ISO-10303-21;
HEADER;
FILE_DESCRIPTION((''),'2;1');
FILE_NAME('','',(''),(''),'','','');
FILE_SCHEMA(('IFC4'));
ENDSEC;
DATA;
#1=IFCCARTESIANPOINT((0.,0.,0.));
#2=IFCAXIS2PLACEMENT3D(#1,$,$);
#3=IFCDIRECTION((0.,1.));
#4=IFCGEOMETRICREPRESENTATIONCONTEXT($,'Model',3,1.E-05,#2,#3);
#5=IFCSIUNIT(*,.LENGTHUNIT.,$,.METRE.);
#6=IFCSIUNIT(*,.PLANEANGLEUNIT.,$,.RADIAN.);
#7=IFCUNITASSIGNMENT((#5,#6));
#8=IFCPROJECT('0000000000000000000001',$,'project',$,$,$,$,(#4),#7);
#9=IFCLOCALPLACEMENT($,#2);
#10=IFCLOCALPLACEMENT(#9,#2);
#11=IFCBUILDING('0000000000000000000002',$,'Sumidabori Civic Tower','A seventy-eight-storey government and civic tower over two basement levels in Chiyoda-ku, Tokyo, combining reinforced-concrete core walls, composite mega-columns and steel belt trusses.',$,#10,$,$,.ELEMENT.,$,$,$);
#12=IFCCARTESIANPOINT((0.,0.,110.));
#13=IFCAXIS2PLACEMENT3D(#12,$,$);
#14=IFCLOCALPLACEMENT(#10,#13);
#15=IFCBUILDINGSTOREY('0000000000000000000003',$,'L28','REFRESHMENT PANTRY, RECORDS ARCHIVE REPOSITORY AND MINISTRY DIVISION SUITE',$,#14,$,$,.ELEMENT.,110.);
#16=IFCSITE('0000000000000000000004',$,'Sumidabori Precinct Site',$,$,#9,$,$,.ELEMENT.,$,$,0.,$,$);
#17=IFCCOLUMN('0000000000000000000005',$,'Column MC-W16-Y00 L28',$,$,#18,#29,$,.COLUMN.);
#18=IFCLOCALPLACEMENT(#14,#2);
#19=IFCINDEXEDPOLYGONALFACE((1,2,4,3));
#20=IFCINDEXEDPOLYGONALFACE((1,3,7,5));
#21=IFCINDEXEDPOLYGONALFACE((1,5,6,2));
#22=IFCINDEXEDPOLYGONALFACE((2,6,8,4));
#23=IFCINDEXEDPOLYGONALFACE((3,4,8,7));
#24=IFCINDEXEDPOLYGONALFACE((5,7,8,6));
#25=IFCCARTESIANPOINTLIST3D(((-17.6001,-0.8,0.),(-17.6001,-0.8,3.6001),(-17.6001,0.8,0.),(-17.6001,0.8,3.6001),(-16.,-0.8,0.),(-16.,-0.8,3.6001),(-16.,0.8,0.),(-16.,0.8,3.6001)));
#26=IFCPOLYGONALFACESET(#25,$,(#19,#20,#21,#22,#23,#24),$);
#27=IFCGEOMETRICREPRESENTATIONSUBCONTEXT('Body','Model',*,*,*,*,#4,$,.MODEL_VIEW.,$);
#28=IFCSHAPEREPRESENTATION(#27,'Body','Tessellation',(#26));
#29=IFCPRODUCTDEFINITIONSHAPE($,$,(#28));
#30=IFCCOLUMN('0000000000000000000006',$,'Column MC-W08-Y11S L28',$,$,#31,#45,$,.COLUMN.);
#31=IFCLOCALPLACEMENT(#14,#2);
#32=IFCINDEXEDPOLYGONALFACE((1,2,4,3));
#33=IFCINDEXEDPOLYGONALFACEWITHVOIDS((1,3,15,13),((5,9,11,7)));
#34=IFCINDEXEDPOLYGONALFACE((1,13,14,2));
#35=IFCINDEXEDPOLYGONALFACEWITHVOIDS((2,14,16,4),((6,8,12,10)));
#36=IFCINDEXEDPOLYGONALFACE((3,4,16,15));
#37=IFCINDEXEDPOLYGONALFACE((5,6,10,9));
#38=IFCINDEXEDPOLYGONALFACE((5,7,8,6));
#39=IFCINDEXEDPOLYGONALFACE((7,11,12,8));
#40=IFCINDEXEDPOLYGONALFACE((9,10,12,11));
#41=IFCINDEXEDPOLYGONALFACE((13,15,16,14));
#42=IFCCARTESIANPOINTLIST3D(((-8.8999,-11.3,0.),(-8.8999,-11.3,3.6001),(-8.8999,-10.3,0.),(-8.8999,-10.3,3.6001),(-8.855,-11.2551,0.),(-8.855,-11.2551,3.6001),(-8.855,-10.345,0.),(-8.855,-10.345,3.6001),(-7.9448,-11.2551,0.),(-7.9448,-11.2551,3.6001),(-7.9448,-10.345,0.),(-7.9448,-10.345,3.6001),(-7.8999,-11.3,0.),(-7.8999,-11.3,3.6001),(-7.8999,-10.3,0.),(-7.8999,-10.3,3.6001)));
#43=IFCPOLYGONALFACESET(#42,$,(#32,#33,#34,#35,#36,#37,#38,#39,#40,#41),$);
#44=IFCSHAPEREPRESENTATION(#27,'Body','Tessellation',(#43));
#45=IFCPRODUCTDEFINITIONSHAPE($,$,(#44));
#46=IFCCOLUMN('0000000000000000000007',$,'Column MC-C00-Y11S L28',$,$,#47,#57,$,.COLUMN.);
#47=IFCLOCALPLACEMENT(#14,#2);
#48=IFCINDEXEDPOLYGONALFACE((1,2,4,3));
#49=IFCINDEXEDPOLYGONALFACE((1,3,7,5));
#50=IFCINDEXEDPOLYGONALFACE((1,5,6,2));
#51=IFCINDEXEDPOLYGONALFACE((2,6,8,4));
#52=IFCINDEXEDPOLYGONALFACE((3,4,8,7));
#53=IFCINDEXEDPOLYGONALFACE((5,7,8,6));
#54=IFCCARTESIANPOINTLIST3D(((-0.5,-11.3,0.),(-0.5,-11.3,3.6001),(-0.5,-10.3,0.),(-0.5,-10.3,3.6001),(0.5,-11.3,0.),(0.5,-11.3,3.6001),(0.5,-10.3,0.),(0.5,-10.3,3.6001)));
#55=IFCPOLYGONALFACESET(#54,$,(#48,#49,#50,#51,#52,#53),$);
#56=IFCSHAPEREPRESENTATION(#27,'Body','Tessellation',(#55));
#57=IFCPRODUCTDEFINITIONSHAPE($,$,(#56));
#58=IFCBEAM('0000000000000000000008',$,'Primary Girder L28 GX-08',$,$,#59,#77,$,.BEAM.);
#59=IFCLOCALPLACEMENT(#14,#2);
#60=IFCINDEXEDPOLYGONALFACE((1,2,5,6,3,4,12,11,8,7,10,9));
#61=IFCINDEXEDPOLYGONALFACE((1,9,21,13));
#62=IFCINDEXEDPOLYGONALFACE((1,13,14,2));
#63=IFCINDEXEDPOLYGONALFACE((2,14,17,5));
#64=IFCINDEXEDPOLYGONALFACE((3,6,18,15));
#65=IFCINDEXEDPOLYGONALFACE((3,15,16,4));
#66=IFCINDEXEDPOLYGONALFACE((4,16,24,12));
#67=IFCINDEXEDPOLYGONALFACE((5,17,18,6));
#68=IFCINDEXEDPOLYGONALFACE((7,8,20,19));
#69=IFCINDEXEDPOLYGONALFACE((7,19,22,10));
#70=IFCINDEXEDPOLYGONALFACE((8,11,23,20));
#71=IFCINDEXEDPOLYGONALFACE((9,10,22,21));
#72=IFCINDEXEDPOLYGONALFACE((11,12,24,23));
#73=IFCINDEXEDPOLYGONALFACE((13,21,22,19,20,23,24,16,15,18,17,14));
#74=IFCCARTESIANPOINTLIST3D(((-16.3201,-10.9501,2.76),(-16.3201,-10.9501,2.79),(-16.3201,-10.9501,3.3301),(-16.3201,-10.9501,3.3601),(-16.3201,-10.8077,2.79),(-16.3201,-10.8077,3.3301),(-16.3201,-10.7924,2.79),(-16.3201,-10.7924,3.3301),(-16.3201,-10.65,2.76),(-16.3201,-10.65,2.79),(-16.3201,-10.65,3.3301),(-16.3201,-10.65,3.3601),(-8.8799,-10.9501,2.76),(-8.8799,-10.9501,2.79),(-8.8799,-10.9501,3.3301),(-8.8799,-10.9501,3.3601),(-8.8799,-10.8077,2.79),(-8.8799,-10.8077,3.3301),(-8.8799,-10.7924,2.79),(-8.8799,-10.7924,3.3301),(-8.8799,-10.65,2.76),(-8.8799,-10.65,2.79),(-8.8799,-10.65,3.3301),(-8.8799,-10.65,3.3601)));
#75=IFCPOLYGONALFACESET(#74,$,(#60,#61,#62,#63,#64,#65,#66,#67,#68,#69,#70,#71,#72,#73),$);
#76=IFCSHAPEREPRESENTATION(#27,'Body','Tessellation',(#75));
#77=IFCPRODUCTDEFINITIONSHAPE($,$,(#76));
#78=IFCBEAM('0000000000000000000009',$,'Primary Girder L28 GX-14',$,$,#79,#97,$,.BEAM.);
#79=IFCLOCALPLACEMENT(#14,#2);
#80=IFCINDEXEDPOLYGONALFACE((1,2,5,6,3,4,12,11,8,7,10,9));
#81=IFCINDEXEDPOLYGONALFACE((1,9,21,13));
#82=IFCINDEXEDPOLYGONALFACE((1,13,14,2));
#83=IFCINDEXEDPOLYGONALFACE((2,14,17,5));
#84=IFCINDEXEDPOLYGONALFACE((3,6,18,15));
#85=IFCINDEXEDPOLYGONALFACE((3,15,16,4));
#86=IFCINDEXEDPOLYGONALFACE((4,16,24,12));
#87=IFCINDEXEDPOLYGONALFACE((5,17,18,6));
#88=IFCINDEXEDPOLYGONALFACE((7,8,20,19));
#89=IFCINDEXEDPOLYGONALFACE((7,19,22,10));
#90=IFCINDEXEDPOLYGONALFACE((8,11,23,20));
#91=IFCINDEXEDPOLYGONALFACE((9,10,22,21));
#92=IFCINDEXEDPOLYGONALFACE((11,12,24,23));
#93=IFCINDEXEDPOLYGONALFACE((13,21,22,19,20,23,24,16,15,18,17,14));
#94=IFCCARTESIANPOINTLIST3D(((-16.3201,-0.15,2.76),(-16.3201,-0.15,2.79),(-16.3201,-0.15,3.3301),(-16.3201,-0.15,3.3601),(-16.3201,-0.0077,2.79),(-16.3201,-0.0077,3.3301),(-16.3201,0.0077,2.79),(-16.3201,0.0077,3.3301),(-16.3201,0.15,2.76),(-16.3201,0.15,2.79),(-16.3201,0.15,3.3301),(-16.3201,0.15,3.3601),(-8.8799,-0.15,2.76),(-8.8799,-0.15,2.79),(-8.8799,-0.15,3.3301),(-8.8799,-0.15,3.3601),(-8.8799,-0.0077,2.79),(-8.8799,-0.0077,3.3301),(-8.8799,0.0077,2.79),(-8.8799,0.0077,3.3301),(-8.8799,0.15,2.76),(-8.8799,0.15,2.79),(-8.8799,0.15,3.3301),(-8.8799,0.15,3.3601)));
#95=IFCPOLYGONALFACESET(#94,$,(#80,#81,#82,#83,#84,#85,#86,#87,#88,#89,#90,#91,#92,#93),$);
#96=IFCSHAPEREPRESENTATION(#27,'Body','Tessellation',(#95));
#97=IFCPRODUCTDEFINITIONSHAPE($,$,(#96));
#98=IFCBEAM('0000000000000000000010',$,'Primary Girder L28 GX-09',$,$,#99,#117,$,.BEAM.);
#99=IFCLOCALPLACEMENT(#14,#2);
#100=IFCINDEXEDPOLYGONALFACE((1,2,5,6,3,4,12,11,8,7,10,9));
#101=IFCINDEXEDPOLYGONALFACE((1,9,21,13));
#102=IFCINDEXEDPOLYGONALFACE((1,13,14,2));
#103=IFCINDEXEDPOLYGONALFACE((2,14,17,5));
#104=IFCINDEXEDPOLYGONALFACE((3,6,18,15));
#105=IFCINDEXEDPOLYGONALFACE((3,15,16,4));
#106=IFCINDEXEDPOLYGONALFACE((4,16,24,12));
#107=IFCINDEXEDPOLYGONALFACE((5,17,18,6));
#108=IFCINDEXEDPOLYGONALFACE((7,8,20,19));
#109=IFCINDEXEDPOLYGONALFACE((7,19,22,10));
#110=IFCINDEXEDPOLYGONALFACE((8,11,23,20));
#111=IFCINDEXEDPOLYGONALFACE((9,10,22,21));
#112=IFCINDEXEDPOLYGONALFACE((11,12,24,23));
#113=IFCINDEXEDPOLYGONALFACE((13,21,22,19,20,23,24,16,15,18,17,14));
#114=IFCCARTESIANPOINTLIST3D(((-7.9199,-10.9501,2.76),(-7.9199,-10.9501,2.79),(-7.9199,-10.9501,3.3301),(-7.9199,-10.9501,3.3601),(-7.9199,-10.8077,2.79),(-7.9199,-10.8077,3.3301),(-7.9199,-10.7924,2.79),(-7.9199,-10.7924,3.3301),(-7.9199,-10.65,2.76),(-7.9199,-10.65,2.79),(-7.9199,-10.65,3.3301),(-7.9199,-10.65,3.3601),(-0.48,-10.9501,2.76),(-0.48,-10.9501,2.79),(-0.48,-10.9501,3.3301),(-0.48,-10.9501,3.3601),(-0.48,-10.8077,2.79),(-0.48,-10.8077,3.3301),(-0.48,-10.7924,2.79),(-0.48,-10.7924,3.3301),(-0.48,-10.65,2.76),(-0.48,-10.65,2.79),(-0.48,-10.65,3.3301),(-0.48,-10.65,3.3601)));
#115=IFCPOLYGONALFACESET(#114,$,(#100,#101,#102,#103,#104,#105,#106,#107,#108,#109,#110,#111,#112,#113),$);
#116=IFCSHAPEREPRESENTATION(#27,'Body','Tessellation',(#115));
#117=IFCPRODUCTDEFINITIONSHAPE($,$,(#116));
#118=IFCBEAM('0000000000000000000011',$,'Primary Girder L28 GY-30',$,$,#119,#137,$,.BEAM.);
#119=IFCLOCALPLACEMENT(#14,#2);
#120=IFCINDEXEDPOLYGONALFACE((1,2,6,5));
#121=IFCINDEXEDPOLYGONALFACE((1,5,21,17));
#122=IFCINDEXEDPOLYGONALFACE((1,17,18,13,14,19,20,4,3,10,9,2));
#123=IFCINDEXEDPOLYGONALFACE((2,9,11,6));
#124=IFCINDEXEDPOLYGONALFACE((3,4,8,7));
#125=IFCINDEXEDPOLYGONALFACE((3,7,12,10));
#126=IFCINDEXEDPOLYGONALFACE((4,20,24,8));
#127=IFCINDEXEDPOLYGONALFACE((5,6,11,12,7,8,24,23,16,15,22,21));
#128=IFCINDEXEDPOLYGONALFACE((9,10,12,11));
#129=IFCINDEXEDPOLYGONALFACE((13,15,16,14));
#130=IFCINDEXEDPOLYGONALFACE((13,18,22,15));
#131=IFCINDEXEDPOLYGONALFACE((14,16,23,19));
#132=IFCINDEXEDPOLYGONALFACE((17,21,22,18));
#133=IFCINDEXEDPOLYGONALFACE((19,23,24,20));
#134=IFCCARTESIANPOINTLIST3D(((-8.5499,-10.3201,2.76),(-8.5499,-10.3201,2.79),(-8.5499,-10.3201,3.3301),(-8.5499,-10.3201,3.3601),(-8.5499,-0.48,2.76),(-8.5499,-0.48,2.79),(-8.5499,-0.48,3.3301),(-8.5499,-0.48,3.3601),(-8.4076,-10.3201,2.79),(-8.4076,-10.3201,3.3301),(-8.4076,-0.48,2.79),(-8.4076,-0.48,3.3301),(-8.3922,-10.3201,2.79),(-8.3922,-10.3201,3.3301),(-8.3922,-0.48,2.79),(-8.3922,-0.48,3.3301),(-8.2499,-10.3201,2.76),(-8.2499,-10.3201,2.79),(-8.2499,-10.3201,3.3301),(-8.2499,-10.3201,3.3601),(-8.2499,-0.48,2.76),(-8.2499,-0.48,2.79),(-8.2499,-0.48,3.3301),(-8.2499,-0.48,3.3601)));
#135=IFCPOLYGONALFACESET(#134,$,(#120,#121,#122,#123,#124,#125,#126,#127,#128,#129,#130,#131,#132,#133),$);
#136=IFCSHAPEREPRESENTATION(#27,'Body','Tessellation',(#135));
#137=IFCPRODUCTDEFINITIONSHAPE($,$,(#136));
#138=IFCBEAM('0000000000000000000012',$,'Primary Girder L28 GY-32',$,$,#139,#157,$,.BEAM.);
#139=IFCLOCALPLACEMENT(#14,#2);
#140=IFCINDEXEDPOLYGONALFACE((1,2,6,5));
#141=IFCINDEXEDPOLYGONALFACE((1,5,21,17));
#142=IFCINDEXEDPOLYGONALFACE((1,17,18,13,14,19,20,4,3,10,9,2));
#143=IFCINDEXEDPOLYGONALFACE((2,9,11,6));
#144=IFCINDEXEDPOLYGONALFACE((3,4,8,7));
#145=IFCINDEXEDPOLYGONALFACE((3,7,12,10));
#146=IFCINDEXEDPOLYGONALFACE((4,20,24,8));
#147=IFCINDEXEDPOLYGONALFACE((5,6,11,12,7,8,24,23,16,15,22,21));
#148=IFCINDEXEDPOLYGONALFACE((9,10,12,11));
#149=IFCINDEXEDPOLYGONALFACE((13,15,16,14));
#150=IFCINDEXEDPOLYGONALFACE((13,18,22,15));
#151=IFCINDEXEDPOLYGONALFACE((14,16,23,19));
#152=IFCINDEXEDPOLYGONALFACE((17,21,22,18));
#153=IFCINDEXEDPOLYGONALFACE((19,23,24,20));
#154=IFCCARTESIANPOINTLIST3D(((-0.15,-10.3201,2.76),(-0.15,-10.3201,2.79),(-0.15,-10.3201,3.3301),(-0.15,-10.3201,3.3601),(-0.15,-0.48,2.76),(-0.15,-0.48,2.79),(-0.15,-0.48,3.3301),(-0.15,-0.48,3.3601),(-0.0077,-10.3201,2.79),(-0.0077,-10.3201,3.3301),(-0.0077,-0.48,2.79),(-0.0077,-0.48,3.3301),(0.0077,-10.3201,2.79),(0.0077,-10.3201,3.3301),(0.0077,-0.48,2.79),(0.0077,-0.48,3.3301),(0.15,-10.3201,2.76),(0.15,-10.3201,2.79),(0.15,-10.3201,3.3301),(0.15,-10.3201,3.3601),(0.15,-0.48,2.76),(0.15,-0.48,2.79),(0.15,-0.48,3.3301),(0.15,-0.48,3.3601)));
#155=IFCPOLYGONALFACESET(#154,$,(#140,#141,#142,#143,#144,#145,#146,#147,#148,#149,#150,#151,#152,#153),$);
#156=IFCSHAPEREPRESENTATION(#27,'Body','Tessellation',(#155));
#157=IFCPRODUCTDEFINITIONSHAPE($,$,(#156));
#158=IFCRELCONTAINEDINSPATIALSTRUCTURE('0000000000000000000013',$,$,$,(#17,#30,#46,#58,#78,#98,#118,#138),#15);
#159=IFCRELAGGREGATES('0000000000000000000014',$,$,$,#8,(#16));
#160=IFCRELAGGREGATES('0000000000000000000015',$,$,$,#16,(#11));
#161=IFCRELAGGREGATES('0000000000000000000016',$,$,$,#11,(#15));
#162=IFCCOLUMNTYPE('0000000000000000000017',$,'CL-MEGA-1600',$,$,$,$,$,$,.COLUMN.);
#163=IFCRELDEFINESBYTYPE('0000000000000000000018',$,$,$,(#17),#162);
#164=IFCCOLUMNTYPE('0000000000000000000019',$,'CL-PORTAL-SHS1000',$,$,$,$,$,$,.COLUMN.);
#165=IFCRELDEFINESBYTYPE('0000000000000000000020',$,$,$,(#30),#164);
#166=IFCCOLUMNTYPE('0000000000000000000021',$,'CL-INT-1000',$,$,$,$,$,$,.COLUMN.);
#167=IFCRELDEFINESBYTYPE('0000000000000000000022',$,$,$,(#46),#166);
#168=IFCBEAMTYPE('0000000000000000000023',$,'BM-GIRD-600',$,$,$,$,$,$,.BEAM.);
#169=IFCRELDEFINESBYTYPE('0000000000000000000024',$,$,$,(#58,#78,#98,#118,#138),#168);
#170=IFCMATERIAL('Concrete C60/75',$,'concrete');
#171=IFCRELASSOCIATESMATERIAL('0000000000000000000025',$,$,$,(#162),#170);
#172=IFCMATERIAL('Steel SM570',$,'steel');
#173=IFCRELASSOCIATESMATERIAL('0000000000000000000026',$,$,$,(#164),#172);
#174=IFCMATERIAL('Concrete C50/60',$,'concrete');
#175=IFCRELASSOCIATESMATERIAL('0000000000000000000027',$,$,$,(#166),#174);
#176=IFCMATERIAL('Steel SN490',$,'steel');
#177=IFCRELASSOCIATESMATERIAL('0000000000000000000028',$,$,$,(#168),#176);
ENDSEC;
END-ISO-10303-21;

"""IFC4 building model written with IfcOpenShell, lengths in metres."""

from ifc_helpers import new_model, si_unit, direction, frame, origin, origin_2d, place, context, subcontext, project, spatial, rectangle, hollow_rectangle, i_section, extrude, source, transform, mapped, material, material_profile, profile_set, type_object, element, save


model = new_model("IFC4")

# Units and contexts
model_context = context("Model", 3, precision=1e-05, world=origin(), true_north=direction((0.0, 1.0)))
body_context = subcontext(model_context, "Body", "Model", "MODEL_VIEW")
ifc_project = project(units=[si_unit("LENGTHUNIT", "METRE"), si_unit("PLANEANGLEUNIT", "RADIAN")], contexts=[model_context])

# Site, building, storey
site_placement = place(None, origin())
site = spatial("IfcSite", under=ifc_project, at=site_placement, Name="Sumidabori Precinct Site", CompositionType="ELEMENT", RefElevation=0.0)
building_placement = place(site_placement, origin())
building = spatial("IfcBuilding", under=site, at=building_placement, Name="Sumidabori Civic Tower", Description="A seventy-eight-storey government and civic tower over two basement levels in Chiyoda-ku, Tokyo, combining reinforced-concrete core walls, composite mega-columns and steel belt trusses.", CompositionType="ELEMENT")
storey_placement = place(building_placement, frame((0.0, 0.0, 110.0)))
storey = spatial("IfcBuildingStorey", under=building, at=storey_placement, Name="L28", Description="REFRESHMENT PANTRY, RECORDS ARCHIVE REPOSITORY AND MINISTRY DIVISION SUITE", CompositionType="ELEMENT", Elevation=110.0)

# Columns
ifc_material_1 = material(Name="Concrete C60/75", Category="concrete")
ifc_material_profile_1 = material_profile(ifc_material_1, rectangle(XDim=1.6001, YDim=1.6001, at=origin_2d()), Name="RC 1600x1600")
ifc_profile_set_1 = profile_set([ifc_material_profile_1], Name="Concrete C60/75")
column_type_1 = type_object("IfcColumnType", Name="CL-MEGA-1600", PredefinedType="COLUMN", material=ifc_profile_set_1)
shared_shape_1 = source(origin(), body_context, "Body", "SweptSolid", [
    extrude(rectangle(XDim=1.6001, YDim=1.6001, at=origin_2d()), origin(), (0.0, 0.0, 1.0), 3.6001),
])
column_1_placement = place(storey_placement, frame((-16.8, 0.0, 0.0), z_axis=(0.0, 0.0, 1.0), x_axis=(1.0, 0.0, 0.0)))
element("IfcColumn", 1, at=column_1_placement, inside=storey, type_object=column_type_1, Name="Column MC-W16-Y00 L28", PredefinedType="COLUMN", context=body_context, shape_type="MappedRepresentation", body=[
    mapped(shared_shape_1, transform((0.0, 0.0, 0.0), x_axis=(1.0, 0.0, 0.0), y_axis=(0.0, 1.0, 0.0), z_axis=(0.0, 0.0, 1.0), scale=1.0)),
])
ifc_material_2 = material(Name="Steel SM570", Category="steel")
ifc_material_profile_2 = material_profile(ifc_material_2, hollow_rectangle(XDim=1.0, YDim=1.0, WallThickness=0.0449, at=origin_2d()), Name="SHS 1000x1000x45")
ifc_profile_set_2 = profile_set([ifc_material_profile_2], Name="Steel SM570")
column_type_2 = type_object("IfcColumnType", Name="CL-PORTAL-SHS1000", PredefinedType="COLUMN", material=ifc_profile_set_2)
shared_shape_2 = source(origin(), body_context, "Body", "SweptSolid", [
    extrude(hollow_rectangle(XDim=1.0, YDim=1.0, WallThickness=0.0449, at=origin_2d()), origin(), (0.0, 0.0, 1.0), 3.6001),
])
column_2_placement = place(storey_placement, frame((-8.3999, -10.8, 0.0), z_axis=(0.0, 0.0, 1.0), x_axis=(1.0, 0.0, 0.0)))
element("IfcColumn", 2, at=column_2_placement, inside=storey, type_object=column_type_2, Name="Column MC-W08-Y11S L28", PredefinedType="COLUMN", context=body_context, shape_type="MappedRepresentation", body=[
    mapped(shared_shape_2, transform((0.0, 0.0, 0.0), x_axis=(1.0, 0.0, 0.0), y_axis=(0.0, 1.0, 0.0), z_axis=(0.0, 0.0, 1.0), scale=1.0)),
])
ifc_material_3 = material(Name="Concrete C50/60", Category="concrete")
ifc_material_profile_3 = material_profile(ifc_material_3, rectangle(XDim=1.0, YDim=1.0, at=origin_2d()), Name="RC 1000x1000")
ifc_profile_set_3 = profile_set([ifc_material_profile_3], Name="Concrete C50/60")
column_type_3 = type_object("IfcColumnType", Name="CL-INT-1000", PredefinedType="COLUMN", material=ifc_profile_set_3)
shared_shape_3 = source(origin(), body_context, "Body", "SweptSolid", [
    extrude(rectangle(XDim=1.0, YDim=1.0, at=origin_2d()), origin(), (0.0, 0.0, 1.0), 3.6001),
])
column_3_placement = place(storey_placement, frame((0.0, -10.8, 0.0), z_axis=(0.0, 0.0, 1.0), x_axis=(1.0, 0.0, 0.0)))
element("IfcColumn", 3, at=column_3_placement, inside=storey, type_object=column_type_3, Name="Column MC-C00-Y11S L28", PredefinedType="COLUMN", context=body_context, shape_type="MappedRepresentation", body=[
    mapped(shared_shape_3, transform((0.0, 0.0, 0.0), x_axis=(1.0, 0.0, 0.0), y_axis=(0.0, 1.0, 0.0), z_axis=(0.0, 0.0, 1.0), scale=1.0)),
])

# Beams
ifc_material_4 = material(Name="Steel SN490", Category="steel")
ifc_material_profile_4 = material_profile(ifc_material_4, i_section(OverallWidth=0.3, OverallDepth=0.6001, WebThickness=0.0154, FlangeThickness=0.03, at=origin_2d()), Name="HE 600 B")
ifc_profile_set_4 = profile_set([ifc_material_profile_4], Name="Steel SN490")
beam_type_1 = type_object("IfcBeamType", Name="BM-GIRD-600", PredefinedType="BEAM", material=ifc_profile_set_4)
shared_shape_4 = source(origin(), body_context, "Body", "SweptSolid", [
    extrude(i_section(OverallWidth=0.3, OverallDepth=0.6001, WebThickness=0.0154, FlangeThickness=0.03, at=origin_2d()), origin(), (0.0, 0.0, 1.0), 7.4402),
])
for number, where, z_axis, x_axis, name in (
    (4, (-16.3201, -10.8, 3.0601), (1.0, 0.0, 0.0), (0.0, 1.0, 0.0), "Primary Girder L28 GX-08"),
    (5, (-16.3201, 0.0, 3.0601), (1.0, 0.0, 0.0), (0.0, 1.0, 0.0), "Primary Girder L28 GX-14"),
):
    element("IfcBeam", number, at=place(storey_placement, frame(where, z_axis=z_axis, x_axis=x_axis)), inside=storey, type_object=beam_type_1, Name=name, PredefinedType="BEAM", context=body_context, shape_type="MappedRepresentation", body=[
        mapped(shared_shape_4, transform((0.0, 0.0, 0.0), x_axis=(1.0, 0.0, 0.0), y_axis=(0.0, 1.0, 0.0), z_axis=(0.0, 0.0, 1.0), scale=1.0)),
    ])
shared_shape_5 = source(origin(), body_context, "Body", "SweptSolid", [
    extrude(i_section(OverallWidth=0.3, OverallDepth=0.6001, WebThickness=0.0154, FlangeThickness=0.03, at=origin_2d()), origin(), (0.0, 0.0, 1.0), 7.4399),
])
beam_placement = place(storey_placement, frame((-7.9199, -10.8, 3.0601), z_axis=(1.0, 0.0, 0.0), x_axis=(0.0, 1.0, 0.0)))
element("IfcBeam", 6, at=beam_placement, inside=storey, type_object=beam_type_1, Name="Primary Girder L28 GX-09", PredefinedType="BEAM", context=body_context, shape_type="MappedRepresentation", body=[
    mapped(shared_shape_5, transform((0.0, 0.0, 0.0), x_axis=(1.0, 0.0, 0.0), y_axis=(0.0, 1.0, 0.0), z_axis=(0.0, 0.0, 1.0), scale=1.0)),
])
shared_shape_6 = source(origin(), body_context, "Body", "SweptSolid", [
    extrude(i_section(OverallWidth=0.3, OverallDepth=0.6001, WebThickness=0.0154, FlangeThickness=0.03, at=origin_2d()), origin(), (0.0, 0.0, 1.0), 9.8401),
])
for number, where, z_axis, x_axis, name in (
    (7, (-8.3999, -10.3201, 3.0601), (0.0, 1.0, 0.0), (-1.0, 0.0, 0.0), "Primary Girder L28 GY-30"),
    (8, (0.0, -10.3201, 3.0601), (0.0, 1.0, 0.0), (-1.0, 0.0, 0.0), "Primary Girder L28 GY-32"),
):
    element("IfcBeam", number, at=place(storey_placement, frame(where, z_axis=z_axis, x_axis=x_axis)), inside=storey, type_object=beam_type_1, Name=name, PredefinedType="BEAM", context=body_context, shape_type="MappedRepresentation", body=[
        mapped(shared_shape_6, transform((0.0, 0.0, 0.0), x_axis=(1.0, 0.0, 0.0), y_axis=(0.0, 1.0, 0.0), z_axis=(0.0, 0.0, 1.0), scale=1.0)),
    ])

save(model, "model.ifc")
